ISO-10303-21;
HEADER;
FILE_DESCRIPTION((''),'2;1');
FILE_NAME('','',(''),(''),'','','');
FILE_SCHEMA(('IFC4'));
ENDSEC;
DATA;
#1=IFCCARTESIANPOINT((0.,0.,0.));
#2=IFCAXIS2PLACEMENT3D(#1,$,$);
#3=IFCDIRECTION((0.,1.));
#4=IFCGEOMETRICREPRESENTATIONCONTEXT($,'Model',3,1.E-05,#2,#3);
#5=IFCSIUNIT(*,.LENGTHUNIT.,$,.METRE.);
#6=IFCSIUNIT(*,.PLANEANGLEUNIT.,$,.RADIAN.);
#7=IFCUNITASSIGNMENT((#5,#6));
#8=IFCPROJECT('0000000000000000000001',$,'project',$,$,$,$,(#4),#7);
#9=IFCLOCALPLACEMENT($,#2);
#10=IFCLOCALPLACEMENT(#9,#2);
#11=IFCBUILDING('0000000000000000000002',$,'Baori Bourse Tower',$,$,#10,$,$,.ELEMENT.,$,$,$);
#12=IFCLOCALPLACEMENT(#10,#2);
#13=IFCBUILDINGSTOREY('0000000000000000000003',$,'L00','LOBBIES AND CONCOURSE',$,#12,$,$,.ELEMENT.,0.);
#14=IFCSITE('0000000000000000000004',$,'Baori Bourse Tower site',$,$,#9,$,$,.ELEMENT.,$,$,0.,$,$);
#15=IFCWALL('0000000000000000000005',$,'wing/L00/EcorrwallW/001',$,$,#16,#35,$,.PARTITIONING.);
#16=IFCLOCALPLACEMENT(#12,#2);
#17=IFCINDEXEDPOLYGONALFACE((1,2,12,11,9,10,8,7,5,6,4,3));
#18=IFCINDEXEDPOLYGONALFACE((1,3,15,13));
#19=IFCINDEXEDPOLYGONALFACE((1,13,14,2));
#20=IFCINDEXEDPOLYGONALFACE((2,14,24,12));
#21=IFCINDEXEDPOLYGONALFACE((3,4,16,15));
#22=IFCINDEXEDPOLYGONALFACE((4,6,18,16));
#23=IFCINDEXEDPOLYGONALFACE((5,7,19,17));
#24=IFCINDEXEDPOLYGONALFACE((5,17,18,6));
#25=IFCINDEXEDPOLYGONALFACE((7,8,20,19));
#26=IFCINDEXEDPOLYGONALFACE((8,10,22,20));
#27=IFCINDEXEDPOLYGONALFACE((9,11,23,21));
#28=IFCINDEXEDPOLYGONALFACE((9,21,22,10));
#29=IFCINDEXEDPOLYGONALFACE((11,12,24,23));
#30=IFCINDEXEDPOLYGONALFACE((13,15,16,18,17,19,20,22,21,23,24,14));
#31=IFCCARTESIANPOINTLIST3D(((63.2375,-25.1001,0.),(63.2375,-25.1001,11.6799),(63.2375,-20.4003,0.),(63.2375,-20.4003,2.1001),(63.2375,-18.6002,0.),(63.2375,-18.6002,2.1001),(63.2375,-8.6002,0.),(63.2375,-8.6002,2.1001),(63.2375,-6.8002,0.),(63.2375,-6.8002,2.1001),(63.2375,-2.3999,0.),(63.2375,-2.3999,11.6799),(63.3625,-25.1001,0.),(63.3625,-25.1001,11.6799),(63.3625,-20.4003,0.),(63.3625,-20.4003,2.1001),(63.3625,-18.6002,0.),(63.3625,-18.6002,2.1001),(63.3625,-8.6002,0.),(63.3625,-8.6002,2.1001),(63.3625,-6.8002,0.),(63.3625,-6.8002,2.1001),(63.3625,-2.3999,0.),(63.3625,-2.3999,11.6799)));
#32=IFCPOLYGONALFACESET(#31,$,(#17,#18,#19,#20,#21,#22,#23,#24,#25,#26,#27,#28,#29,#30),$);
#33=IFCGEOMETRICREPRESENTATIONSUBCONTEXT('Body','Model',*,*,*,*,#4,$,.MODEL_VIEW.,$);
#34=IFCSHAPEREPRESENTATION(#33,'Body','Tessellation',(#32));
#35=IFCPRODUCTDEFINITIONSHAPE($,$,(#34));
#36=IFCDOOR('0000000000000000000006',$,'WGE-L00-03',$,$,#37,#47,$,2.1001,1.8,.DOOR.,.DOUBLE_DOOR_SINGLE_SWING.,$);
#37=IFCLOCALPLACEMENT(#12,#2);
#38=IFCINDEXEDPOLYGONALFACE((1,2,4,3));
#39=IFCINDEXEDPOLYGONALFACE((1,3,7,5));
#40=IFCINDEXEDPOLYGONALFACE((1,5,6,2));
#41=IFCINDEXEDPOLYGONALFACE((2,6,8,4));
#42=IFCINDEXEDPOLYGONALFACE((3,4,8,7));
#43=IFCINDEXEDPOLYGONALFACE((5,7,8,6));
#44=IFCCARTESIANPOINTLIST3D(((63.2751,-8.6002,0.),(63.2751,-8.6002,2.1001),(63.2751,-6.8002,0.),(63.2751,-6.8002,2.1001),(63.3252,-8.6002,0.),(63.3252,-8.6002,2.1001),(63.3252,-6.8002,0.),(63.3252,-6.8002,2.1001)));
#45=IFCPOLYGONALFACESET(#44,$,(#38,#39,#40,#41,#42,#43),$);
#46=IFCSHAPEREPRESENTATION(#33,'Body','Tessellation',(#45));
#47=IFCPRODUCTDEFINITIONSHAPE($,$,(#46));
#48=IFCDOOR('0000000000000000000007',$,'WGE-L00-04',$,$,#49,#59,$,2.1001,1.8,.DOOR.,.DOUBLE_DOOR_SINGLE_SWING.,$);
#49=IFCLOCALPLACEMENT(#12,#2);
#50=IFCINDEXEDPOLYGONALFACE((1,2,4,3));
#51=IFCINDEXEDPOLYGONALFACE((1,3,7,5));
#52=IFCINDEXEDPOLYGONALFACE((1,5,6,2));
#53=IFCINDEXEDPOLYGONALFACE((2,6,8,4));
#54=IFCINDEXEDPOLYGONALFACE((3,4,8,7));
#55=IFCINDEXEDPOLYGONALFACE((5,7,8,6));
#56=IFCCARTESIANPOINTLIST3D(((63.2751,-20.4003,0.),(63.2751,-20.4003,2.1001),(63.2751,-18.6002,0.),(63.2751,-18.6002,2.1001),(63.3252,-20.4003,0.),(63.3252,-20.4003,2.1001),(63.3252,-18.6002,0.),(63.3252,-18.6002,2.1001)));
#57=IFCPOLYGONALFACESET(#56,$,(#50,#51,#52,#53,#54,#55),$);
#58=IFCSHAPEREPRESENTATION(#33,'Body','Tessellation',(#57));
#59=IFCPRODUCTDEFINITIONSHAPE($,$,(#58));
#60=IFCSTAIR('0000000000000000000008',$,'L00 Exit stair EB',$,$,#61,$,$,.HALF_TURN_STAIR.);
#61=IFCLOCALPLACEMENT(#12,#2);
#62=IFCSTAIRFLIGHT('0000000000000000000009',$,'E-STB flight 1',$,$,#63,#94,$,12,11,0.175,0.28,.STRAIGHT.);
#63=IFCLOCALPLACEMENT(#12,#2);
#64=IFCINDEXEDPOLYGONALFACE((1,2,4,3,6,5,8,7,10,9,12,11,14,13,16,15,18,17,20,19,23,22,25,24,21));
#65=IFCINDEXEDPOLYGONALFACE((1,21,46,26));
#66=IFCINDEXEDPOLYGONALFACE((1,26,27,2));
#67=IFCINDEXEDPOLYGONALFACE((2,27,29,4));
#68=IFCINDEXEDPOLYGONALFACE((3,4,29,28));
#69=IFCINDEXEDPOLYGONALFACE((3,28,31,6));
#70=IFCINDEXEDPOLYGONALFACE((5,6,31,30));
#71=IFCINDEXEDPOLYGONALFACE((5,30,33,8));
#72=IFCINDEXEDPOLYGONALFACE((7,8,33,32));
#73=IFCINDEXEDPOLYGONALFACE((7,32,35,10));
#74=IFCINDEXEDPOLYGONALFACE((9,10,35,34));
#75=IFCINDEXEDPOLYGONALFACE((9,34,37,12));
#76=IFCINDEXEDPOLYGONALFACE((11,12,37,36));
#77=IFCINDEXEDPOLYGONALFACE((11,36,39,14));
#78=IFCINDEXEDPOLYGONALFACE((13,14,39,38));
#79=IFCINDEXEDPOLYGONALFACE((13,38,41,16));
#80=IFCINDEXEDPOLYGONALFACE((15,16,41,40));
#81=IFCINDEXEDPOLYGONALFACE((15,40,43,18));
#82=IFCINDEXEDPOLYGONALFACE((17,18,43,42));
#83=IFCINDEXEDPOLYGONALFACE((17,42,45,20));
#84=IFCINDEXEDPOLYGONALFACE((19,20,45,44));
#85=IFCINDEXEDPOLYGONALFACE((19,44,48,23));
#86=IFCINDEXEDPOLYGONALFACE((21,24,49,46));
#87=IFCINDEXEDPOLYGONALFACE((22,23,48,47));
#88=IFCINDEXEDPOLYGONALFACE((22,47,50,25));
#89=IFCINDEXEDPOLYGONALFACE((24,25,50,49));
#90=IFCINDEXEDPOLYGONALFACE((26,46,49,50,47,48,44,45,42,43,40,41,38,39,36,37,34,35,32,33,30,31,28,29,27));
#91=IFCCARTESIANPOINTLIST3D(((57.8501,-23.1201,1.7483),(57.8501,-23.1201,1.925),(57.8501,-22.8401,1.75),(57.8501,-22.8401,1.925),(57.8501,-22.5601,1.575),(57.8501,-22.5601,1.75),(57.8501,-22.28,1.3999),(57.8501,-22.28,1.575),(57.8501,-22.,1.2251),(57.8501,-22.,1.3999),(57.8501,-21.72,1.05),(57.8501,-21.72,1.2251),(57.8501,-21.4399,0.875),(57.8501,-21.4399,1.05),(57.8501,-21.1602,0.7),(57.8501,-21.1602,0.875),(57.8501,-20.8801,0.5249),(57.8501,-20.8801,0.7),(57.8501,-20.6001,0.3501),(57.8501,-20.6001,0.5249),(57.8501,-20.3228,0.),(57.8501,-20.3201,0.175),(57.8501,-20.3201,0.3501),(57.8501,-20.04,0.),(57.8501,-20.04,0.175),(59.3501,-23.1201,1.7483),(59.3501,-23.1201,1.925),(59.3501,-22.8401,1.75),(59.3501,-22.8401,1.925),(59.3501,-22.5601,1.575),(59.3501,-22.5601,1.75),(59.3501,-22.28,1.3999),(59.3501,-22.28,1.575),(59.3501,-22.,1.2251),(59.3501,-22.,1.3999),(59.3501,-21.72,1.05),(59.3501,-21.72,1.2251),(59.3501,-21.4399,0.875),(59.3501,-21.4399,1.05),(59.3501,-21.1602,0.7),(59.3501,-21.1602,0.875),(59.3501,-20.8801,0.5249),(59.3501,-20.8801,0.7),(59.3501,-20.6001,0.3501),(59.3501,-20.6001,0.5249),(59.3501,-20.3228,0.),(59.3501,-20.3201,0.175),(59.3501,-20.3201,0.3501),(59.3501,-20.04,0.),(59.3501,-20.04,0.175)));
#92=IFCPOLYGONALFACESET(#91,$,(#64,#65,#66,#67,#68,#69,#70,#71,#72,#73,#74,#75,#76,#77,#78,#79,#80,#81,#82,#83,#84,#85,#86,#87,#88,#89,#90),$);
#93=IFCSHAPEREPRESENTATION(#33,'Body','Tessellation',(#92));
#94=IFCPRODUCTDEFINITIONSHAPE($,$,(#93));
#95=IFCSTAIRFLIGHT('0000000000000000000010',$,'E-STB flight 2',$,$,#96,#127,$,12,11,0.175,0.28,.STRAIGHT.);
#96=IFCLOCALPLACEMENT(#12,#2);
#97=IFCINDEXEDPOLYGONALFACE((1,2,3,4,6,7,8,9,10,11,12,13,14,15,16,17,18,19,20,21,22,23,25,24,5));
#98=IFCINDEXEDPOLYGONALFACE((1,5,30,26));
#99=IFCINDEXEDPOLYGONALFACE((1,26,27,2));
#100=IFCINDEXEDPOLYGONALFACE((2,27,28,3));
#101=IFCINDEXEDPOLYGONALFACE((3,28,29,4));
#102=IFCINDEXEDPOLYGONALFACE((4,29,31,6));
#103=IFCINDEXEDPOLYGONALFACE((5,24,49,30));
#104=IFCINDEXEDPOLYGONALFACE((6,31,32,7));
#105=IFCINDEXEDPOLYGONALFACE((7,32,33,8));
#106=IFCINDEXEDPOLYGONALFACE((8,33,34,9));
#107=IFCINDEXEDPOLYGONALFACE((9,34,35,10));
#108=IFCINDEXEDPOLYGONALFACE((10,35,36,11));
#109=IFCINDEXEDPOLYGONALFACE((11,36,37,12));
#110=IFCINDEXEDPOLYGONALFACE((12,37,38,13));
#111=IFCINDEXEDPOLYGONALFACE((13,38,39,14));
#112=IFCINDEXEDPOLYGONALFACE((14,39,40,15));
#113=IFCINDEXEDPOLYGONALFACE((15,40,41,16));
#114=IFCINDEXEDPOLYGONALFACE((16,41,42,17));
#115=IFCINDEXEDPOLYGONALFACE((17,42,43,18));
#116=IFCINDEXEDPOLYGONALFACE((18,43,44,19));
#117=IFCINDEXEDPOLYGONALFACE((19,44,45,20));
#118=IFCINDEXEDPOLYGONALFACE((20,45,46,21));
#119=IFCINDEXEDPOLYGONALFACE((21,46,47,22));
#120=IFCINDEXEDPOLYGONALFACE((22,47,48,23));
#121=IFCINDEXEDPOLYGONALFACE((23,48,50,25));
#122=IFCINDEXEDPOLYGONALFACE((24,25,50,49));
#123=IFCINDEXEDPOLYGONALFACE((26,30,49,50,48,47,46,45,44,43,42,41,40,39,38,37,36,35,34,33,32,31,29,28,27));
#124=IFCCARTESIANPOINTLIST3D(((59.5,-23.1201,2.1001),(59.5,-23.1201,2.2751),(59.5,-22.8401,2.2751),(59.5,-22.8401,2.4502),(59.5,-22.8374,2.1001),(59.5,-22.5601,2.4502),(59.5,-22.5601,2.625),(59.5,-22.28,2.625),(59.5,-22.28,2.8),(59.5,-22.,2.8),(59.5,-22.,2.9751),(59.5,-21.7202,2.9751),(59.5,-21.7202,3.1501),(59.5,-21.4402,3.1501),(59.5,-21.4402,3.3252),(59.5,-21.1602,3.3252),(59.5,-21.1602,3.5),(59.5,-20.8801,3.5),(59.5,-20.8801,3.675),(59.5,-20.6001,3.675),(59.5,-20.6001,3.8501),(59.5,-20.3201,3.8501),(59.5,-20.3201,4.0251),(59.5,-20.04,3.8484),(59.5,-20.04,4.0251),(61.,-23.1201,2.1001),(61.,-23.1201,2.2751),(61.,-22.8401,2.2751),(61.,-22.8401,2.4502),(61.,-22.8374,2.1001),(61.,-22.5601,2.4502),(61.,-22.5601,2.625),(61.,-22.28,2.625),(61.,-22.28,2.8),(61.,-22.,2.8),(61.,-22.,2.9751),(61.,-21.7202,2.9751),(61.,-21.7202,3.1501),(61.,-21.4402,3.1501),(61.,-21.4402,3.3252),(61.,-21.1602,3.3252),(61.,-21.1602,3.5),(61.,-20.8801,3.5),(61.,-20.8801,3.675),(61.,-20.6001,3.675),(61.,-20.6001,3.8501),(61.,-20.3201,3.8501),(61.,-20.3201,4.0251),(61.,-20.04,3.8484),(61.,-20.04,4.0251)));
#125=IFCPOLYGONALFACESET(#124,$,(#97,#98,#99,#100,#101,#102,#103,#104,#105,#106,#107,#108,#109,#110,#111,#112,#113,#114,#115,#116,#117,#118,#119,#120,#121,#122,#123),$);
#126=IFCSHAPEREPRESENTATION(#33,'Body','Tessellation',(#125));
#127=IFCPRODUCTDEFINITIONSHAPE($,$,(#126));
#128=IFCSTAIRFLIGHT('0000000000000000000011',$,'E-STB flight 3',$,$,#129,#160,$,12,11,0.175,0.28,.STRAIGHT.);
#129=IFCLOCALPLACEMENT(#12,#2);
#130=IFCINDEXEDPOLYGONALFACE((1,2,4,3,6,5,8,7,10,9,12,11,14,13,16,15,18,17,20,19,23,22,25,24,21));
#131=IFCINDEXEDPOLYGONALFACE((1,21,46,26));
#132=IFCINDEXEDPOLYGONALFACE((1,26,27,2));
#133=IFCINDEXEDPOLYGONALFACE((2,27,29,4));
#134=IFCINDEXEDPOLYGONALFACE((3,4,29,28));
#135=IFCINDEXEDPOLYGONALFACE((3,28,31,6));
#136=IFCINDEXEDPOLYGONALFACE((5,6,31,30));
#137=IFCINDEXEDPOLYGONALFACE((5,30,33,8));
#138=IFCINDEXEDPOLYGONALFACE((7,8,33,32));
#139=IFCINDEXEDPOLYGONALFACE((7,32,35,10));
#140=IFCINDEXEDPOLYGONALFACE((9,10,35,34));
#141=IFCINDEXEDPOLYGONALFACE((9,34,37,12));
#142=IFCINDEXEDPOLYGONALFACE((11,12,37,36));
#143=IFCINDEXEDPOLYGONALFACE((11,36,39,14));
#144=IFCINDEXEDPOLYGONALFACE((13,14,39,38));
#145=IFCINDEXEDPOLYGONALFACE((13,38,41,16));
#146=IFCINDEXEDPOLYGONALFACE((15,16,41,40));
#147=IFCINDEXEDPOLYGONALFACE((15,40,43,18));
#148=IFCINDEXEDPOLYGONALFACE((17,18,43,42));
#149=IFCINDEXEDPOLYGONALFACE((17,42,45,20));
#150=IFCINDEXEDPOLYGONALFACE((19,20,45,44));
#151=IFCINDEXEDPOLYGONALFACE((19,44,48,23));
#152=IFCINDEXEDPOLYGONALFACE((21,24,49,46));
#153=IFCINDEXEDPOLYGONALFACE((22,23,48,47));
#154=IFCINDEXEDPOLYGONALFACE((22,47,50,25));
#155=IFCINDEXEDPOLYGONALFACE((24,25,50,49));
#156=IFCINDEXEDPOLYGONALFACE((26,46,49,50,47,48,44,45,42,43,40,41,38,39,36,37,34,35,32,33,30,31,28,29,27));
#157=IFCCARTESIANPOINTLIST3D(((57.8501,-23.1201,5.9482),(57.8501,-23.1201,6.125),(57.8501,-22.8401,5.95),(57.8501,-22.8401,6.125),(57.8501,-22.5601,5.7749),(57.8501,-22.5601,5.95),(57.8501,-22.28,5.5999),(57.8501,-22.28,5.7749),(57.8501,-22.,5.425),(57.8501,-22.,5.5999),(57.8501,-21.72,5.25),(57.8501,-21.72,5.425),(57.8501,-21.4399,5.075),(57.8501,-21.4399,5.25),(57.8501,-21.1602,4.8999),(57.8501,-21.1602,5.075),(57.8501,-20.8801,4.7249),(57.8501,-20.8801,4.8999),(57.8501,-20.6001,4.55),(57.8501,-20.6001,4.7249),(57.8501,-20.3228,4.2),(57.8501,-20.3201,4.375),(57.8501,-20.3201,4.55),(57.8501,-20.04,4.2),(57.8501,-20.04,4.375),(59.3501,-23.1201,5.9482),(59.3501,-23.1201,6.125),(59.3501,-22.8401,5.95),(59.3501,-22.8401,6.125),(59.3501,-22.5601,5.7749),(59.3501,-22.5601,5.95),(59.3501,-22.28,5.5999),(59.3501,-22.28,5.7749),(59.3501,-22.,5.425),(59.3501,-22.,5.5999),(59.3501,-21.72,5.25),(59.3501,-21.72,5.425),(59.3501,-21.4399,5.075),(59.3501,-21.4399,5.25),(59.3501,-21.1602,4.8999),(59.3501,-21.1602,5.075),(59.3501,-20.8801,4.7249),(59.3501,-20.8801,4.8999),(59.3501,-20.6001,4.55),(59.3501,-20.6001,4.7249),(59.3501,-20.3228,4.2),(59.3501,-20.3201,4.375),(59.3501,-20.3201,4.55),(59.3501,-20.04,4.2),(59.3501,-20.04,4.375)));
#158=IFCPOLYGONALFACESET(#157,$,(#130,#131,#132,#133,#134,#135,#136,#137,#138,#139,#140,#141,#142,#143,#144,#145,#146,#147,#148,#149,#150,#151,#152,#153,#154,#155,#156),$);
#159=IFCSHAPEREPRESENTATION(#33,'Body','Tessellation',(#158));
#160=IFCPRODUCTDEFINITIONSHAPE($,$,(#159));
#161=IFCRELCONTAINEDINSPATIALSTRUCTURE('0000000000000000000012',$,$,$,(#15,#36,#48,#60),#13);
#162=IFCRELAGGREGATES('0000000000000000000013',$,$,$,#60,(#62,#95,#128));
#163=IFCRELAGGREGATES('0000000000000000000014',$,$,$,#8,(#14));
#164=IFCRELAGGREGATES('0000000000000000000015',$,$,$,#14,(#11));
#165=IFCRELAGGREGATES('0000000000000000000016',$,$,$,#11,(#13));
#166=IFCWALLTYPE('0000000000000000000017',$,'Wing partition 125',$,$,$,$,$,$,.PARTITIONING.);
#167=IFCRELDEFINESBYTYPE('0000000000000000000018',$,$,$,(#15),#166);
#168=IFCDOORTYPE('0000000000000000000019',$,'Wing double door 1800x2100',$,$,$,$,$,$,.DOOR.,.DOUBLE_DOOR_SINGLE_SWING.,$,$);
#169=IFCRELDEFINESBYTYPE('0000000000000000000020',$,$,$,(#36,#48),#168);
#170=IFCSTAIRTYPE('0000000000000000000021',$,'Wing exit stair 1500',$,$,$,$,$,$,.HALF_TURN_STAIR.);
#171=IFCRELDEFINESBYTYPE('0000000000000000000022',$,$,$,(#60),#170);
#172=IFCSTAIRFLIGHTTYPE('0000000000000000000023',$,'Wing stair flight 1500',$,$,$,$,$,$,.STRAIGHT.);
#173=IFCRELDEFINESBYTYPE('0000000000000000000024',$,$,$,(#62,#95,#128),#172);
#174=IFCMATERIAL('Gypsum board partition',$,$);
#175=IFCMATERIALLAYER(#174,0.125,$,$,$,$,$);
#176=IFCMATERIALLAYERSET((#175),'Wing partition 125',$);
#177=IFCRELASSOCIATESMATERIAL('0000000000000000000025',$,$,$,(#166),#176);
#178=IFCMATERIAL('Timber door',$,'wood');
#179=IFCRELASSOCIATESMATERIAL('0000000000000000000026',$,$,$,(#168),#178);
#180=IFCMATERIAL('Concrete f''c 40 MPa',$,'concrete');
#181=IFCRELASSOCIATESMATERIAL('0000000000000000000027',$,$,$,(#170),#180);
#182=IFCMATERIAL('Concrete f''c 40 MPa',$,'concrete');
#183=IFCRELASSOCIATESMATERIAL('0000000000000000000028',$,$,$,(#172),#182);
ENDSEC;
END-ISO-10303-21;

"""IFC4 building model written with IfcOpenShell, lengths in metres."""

from ifc_helpers import new_model, si_unit, direction, frame, frame_2d, origin, place, context, subcontext, project, spatial, polyline, rectangle, outline, extrude, material, layer, layer_set, type_object, element, fill, aggregate, save


model = new_model("IFC4")

# Units and contexts
model_context = context("Model", 3, precision=1e-05, world=origin(), true_north=direction((0.0, 1.0)))
body_context = subcontext(model_context, "Body", "Model", "MODEL_VIEW")
ifc_project = project(units=[si_unit("LENGTHUNIT", "METRE"), si_unit("PLANEANGLEUNIT", "RADIAN")], contexts=[model_context])

# Site, building, storey
site_placement = place(None, origin())
site = spatial("IfcSite", under=ifc_project, at=site_placement, Name="Baori Bourse Tower site", CompositionType="ELEMENT", RefElevation=0.0)
building_placement = place(site_placement, origin())
building = spatial("IfcBuilding", under=site, at=building_placement, Name="Baori Bourse Tower", CompositionType="ELEMENT")
storey_placement = place(building_placement, origin())
storey = spatial("IfcBuildingStorey", under=building, at=storey_placement, Name="L00", Description="LOBBIES AND CONCOURSE", CompositionType="ELEMENT", Elevation=0.0)

# Wall, openings, doors
ifc_material_1 = material(Name="Gypsum board partition")
ifc_layer_1 = layer(ifc_material_1, 0.125)
ifc_layer_set_1 = layer_set([ifc_layer_1], Name="Wing partition 125")
wall_type_1 = type_object("IfcWallType", Name="Wing partition 125", PredefinedType="PARTITIONING", material=ifc_layer_set_1)
wall_1_placement = place(storey_placement, frame((63.3, -25.1001, 0.0), z_axis=(0.0, 0.0, 1.0), x_axis=(0.0, 1.0, 0.0)))
wall_1 = element("IfcWall", 1, at=wall_1_placement, inside=storey, type_object=wall_type_1, Name="wing/L00/EcorrwallW/001", PredefinedType="PARTITIONING", context=body_context, shape_type="SweptSolid", body=[
    extrude(rectangle(XDim=22.7002, YDim=0.125, at=frame_2d((11.3501, 0.0))), origin(), (0.0, 0.0, 1.0), 11.6799),
])
opening_1_placement = place(wall_1_placement, frame((16.5, 0.0, 0.0)))
opening_1 = element("IfcOpeningElement", 2, at=opening_1_placement, cuts=wall_1, PredefinedType="OPENING", context=body_context, shape_type="SweptSolid", body=[
    extrude(rectangle(XDim=1.8, YDim=2.1001, at=frame_2d((0.8999, 1.05))), frame((0.0, 0.0725, 0.0), z_axis=(0.0, -1.0, 0.0), x_axis=(1.0, 0.0, 0.0)), (0.0, 0.0, 1.0), 0.145),
])
opening_2_placement = place(wall_1_placement, frame((4.7, 0.0, 0.0)))
opening_2 = element("IfcOpeningElement", 3, at=opening_2_placement, cuts=wall_1, PredefinedType="OPENING", context=body_context, shape_type="SweptSolid", body=[
    extrude(rectangle(XDim=1.8, YDim=2.1001, at=frame_2d((0.8999, 1.05))), frame((0.0, 0.0725, 0.0), z_axis=(0.0, -1.0, 0.0), x_axis=(1.0, 0.0, 0.0)), (0.0, 0.0, 1.0), 0.145),
])
ifc_material_2 = material(Name="Timber door", Category="wood")
door_type_1 = type_object("IfcDoorType", Name="Wing double door 1800x2100", OperationType="DOUBLE_DOOR_SINGLE_SWING", PredefinedType="DOOR", material=ifc_material_2)
door_1_placement = place(opening_1_placement, origin())
door_1 = element("IfcDoor", 4, at=door_1_placement, inside=storey, type_object=door_type_1, Name="WGE-L00-03", OperationType="DOUBLE_DOOR_SINGLE_SWING", OverallHeight=2.1001, OverallWidth=1.8, PredefinedType="DOOR", context=body_context, shape_type="SweptSolid", body=[
    extrude(rectangle(XDim=1.8, YDim=2.1001, at=frame_2d((0.8999, 1.05))), frame((0.0, 0.0249, 0.0), z_axis=(0.0, -1.0, 0.0), x_axis=(1.0, 0.0, 0.0)), (0.0, 0.0, 1.0), 0.05),
])
fill(opening_1, door_1)
door_2_placement = place(opening_2_placement, origin())
door_2 = element("IfcDoor", 5, at=door_2_placement, inside=storey, type_object=door_type_1, Name="WGE-L00-04", OperationType="DOUBLE_DOOR_SINGLE_SWING", OverallHeight=2.1001, OverallWidth=1.8, PredefinedType="DOOR", context=body_context, shape_type="SweptSolid", body=[
    extrude(rectangle(XDim=1.8, YDim=2.1001, at=frame_2d((0.8999, 1.05))), frame((0.0, 0.0249, 0.0), z_axis=(0.0, -1.0, 0.0), x_axis=(1.0, 0.0, 0.0)), (0.0, 0.0, 1.0), 0.05),
])
fill(opening_2, door_2)

# Stair, stair flights
ifc_material_3 = material(Name="Concrete f'c 40 MPa", Category="concrete")
stair_type = type_object("IfcStairType", Name="Wing exit stair 1500", PredefinedType="HALF_TURN_STAIR", material=ifc_material_3)
stair_placement = place(storey_placement, origin())
stair = element("IfcStair", 6, at=stair_placement, inside=storey, type_object=stair_type, Name="L00 Exit stair EB", PredefinedType="HALF_TURN_STAIR")
ifc_material_4 = material(Name="Concrete f'c 40 MPa", Category="concrete")
stair_flight_type = type_object("IfcStairFlightType", Name="Wing stair flight 1500", PredefinedType="STRAIGHT", material=ifc_material_4)
stair_flight_1_placement = place(storey_placement, frame((58.6001, -20.04, 0.0), z_axis=(0.0, 0.0, 1.0), x_axis=(0.0, -1.0, 0.0)))
stair_flight_1 = element("IfcStairFlight", 7, at=stair_flight_1_placement, type_object=stair_flight_type, Name="E-STB flight 1", NumberOfRisers=12, NumberOfTreads=11, PredefinedType="STRAIGHT", RiserHeight=0.175, TreadLength=0.28, context=body_context, shape_type="SweptSolid", body=[
    extrude(outline(polyline([(0.0, 0.0), (0.0, 0.175), (0.28, 0.175), (0.28, 0.3501), (0.5601, 0.3501), (0.5601, 0.5249), (0.8401, 0.5249), (0.8401, 0.7), (1.1201, 0.7), (1.1201, 0.875), (1.3999, 0.875), (1.3999, 1.05), (1.6799, 1.05), (1.6799, 1.2251), (1.96, 1.2251), (1.96, 1.3999), (2.24, 1.3999), (2.24, 1.575), (2.52, 1.575), (2.52, 1.75), (2.8, 1.75), (2.8, 1.925), (3.0801, 1.925), (3.0801, 2.1001), (3.0801, 1.7483), (0.2827, 0.0), (0.0, 0.0)])), frame((0.0, 0.75, 0.0), z_axis=(0.0, -1.0, 0.0), x_axis=(1.0, 0.0, 0.0)), (0.0, 0.0, 1.0), 1.5),
])
stair_flight_2_placement = place(storey_placement, frame((60.25, -23.1201, 2.1001), z_axis=(0.0, 0.0, 1.0), x_axis=(0.0, 1.0, 0.0)))
stair_flight_2 = element("IfcStairFlight", 8, at=stair_flight_2_placement, type_object=stair_flight_type, Name="E-STB flight 2", NumberOfRisers=12, NumberOfTreads=11, PredefinedType="STRAIGHT", RiserHeight=0.175, TreadLength=0.28, context=body_context, shape_type="SweptSolid", body=[
    extrude(outline(polyline([(0.0, 0.0), (0.0, 0.175), (0.28, 0.175), (0.28, 0.3501), (0.5601, 0.3501), (0.5601, 0.5249), (0.8401, 0.5249), (0.8401, 0.7), (1.1201, 0.7), (1.1201, 0.875), (1.3999, 0.875), (1.3999, 1.05), (1.6799, 1.05), (1.6799, 1.2251), (1.96, 1.2251), (1.96, 1.3999), (2.24, 1.3999), (2.24, 1.575), (2.52, 1.575), (2.52, 1.75), (2.8, 1.75), (2.8, 1.925), (3.0801, 1.925), (3.0801, 2.1001), (3.0801, 1.7483), (0.2827, 0.0), (0.0, 0.0)])), frame((0.0, 0.75, 0.0), z_axis=(0.0, -1.0, 0.0), x_axis=(1.0, 0.0, 0.0)), (0.0, 0.0, 1.0), 1.5),
])
stair_flight_3_placement = place(storey_placement, frame((58.6001, -20.04, 4.2), z_axis=(0.0, 0.0, 1.0), x_axis=(0.0, -1.0, 0.0)))
stair_flight_3 = element("IfcStairFlight", 9, at=stair_flight_3_placement, type_object=stair_flight_type, Name="E-STB flight 3", NumberOfRisers=12, NumberOfTreads=11, PredefinedType="STRAIGHT", RiserHeight=0.175, TreadLength=0.28, context=body_context, shape_type="SweptSolid", body=[
    extrude(outline(polyline([(0.0, 0.0), (0.0, 0.175), (0.28, 0.175), (0.28, 0.3501), (0.5601, 0.3501), (0.5601, 0.5249), (0.8401, 0.5249), (0.8401, 0.7), (1.1201, 0.7), (1.1201, 0.875), (1.3999, 0.875), (1.3999, 1.05), (1.6799, 1.05), (1.6799, 1.2251), (1.96, 1.2251), (1.96, 1.3999), (2.24, 1.3999), (2.24, 1.575), (2.52, 1.575), (2.52, 1.75), (2.8, 1.75), (2.8, 1.925), (3.0801, 1.925), (3.0801, 2.1001), (3.0801, 1.7483), (0.2827, 0.0), (0.0, 0.0)])), frame((0.0, 0.75, 0.0), z_axis=(0.0, -1.0, 0.0), x_axis=(1.0, 0.0, 0.0)), (0.0, 0.0, 1.0), 1.5),
])
aggregate(stair, [stair_flight_1, stair_flight_2, stair_flight_3])

save(model, "model.ifc")
